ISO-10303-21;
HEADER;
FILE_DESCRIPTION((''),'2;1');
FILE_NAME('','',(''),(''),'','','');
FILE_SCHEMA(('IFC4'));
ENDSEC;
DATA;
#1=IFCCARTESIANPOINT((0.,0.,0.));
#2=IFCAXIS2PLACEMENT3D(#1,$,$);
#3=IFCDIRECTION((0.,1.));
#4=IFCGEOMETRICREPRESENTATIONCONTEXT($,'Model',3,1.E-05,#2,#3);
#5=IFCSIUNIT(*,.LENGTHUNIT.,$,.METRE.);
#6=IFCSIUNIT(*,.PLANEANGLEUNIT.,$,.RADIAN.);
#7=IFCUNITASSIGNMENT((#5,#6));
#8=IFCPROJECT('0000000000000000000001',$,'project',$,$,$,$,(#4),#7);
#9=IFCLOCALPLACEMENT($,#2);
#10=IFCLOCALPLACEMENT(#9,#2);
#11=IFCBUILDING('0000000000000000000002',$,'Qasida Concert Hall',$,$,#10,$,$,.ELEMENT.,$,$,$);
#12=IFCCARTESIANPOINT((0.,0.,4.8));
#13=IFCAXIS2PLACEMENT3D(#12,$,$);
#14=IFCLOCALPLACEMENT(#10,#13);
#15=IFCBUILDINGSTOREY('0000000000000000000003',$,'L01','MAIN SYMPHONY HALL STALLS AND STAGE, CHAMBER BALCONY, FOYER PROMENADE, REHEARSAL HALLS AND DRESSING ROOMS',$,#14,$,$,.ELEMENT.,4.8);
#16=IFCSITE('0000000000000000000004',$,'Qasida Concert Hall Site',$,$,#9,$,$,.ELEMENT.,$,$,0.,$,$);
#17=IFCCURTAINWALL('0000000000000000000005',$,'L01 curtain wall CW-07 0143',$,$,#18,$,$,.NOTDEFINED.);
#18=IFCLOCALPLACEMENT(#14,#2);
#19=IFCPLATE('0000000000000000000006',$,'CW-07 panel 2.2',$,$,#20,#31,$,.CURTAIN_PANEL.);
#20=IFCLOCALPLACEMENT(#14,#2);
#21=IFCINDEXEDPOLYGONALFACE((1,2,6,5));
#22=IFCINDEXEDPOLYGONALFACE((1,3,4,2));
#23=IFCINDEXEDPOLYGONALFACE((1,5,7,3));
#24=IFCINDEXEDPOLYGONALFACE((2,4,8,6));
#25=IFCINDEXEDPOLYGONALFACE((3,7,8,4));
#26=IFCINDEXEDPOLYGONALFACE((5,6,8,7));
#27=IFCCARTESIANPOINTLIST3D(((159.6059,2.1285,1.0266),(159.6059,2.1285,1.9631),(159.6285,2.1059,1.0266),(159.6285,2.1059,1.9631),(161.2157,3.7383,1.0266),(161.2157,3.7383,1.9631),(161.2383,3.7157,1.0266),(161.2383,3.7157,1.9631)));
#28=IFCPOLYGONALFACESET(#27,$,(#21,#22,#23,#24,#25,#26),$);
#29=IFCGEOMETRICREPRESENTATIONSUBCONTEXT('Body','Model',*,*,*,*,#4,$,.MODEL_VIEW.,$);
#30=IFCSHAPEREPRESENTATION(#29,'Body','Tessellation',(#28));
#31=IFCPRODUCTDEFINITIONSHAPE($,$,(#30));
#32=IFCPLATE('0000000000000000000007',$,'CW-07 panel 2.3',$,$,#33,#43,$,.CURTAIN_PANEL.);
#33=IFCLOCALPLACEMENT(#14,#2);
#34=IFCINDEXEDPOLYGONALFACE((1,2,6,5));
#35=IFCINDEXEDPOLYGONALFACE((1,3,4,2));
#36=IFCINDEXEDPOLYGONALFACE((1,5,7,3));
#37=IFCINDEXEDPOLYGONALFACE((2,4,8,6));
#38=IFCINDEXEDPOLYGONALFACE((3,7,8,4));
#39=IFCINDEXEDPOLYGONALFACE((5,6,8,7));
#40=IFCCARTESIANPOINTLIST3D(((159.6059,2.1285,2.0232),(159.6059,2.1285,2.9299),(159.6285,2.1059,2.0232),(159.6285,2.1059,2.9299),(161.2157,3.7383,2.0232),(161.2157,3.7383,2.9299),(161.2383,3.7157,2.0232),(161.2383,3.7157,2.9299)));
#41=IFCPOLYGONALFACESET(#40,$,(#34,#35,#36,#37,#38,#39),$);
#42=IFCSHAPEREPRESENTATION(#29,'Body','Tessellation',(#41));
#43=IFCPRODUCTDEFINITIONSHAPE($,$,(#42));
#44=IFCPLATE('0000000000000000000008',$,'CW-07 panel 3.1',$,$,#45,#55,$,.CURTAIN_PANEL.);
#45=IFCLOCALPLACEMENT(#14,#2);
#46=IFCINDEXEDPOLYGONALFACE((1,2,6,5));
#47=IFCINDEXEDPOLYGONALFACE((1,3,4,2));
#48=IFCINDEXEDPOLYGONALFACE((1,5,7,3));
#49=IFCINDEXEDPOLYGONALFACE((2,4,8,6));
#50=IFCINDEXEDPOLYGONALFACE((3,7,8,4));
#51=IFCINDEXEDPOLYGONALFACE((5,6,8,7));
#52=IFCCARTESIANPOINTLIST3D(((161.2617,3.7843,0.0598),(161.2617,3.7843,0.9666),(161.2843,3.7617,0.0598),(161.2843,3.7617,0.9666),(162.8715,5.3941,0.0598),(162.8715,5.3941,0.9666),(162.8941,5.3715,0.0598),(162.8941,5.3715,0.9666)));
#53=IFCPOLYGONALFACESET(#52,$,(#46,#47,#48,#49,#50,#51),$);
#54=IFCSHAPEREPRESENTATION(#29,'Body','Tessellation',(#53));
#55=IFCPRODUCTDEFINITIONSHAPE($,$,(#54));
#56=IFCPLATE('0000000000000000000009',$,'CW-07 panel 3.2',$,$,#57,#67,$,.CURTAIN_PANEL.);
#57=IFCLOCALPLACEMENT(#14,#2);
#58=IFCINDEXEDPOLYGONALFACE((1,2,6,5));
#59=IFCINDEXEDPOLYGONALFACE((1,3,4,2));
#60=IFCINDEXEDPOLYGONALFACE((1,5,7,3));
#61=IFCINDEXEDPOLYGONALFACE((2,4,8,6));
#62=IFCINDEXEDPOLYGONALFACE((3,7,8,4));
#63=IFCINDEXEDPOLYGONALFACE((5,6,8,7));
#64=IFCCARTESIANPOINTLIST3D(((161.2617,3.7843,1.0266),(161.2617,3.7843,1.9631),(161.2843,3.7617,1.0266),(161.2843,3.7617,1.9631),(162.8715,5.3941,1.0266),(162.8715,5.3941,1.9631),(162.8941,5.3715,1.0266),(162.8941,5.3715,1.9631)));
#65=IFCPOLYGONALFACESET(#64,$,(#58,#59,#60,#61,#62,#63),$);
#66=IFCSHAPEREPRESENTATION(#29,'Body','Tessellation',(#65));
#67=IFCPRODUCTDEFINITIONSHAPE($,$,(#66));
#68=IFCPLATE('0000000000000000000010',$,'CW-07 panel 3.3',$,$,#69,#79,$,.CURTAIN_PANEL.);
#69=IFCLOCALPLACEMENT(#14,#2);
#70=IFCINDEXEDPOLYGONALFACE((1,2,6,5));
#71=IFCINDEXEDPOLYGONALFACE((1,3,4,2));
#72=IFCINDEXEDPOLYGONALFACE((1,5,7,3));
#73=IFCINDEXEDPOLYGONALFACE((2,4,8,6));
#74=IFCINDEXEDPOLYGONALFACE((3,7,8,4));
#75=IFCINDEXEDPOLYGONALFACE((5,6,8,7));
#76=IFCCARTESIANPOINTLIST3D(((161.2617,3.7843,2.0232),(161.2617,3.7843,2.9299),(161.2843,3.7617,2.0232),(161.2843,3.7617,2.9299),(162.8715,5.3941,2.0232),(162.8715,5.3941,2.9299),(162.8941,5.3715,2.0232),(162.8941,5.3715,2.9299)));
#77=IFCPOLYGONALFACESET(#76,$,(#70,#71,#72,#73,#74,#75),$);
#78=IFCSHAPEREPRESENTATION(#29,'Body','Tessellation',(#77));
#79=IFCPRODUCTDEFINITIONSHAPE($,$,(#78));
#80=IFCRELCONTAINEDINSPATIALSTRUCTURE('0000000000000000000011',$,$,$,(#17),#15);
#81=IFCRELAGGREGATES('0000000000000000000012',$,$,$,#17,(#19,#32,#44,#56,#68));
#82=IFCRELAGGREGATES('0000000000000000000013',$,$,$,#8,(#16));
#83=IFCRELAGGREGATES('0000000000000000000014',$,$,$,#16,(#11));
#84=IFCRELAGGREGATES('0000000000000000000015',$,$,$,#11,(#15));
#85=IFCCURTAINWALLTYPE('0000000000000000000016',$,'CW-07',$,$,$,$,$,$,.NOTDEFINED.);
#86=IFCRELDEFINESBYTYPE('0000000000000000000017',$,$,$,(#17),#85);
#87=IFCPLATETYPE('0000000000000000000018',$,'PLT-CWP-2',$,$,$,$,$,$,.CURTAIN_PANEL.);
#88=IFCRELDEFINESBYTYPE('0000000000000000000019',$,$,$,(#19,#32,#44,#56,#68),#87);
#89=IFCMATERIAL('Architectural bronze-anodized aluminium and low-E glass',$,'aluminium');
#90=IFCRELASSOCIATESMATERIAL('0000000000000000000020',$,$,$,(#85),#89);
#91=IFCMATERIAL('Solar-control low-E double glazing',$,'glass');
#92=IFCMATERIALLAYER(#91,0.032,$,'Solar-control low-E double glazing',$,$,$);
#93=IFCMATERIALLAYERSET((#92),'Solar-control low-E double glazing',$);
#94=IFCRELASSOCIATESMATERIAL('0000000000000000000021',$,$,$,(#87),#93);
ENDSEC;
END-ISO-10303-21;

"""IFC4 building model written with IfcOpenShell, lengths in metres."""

from ifc_helpers import new_model, si_unit, direction, frame, origin, origin_2d, place, context, subcontext, project, spatial, rectangle, extrude, material, layer, layer_set, type_object, element, aggregate, save


model = new_model("IFC4")

# Units and contexts
model_context = context("Model", 3, precision=1e-05, world=origin(), true_north=direction((0.0, 1.0)))
body_context = subcontext(model_context, "Body", "Model", "MODEL_VIEW")
ifc_project = project(units=[si_unit("LENGTHUNIT", "METRE"), si_unit("PLANEANGLEUNIT", "RADIAN")], contexts=[model_context])

# Site, building, storey
site_placement = place(None, origin())
site = spatial("IfcSite", under=ifc_project, at=site_placement, Name="Qasida Concert Hall Site", CompositionType="ELEMENT", RefElevation=0.0)
building_placement = place(site_placement, origin())
building = spatial("IfcBuilding", under=site, at=building_placement, Name="Qasida Concert Hall", CompositionType="ELEMENT")
storey_placement = place(building_placement, frame((0.0, 0.0, 4.8)))
storey = spatial("IfcBuildingStorey", under=building, at=storey_placement, Name="L01", Description="MAIN SYMPHONY HALL STALLS AND STAGE, CHAMBER BALCONY, FOYER PROMENADE, REHEARSAL HALLS AND DRESSING ROOMS", CompositionType="ELEMENT", Elevation=4.8)

# Curtain wall, plates
ifc_material_1 = material(Name="Architectural bronze-anodized aluminium and low-E glass", Category="aluminium")
curtain_wall_type = type_object("IfcCurtainWallType", Name="CW-07", PredefinedType="NOTDEFINED", material=ifc_material_1)
curtain_wall_placement = place(storey_placement, origin())
curtain_wall = element("IfcCurtainWall", 1, at=curtain_wall_placement, inside=storey, type_object=curtain_wall_type, Name="L01 curtain wall CW-07 0143", PredefinedType="NOTDEFINED")
ifc_material_2 = material(Name="Solar-control low-E double glazing", Category="glass")
ifc_layer = layer(ifc_material_2, 0.032, Name="Solar-control low-E double glazing")
ifc_layer_set = layer_set([ifc_layer], Name="Solar-control low-E double glazing")
plate_type = type_object("IfcPlateType", Name="PLT-CWP-2", PredefinedType="CURTAIN_PANEL", material=ifc_layer_set)
plate_1_placement = place(storey_placement, frame((160.4221, 2.9221, 1.0266), z_axis=(0.0, 0.0, 1.0), x_axis=(0.707107, 0.707107, 0.0)))
plate_1 = element("IfcPlate", 2, at=plate_1_placement, type_object=plate_type, Name="CW-07 panel 2.2", PredefinedType="CURTAIN_PANEL", context=body_context, shape_type="SweptSolid", body=[
    extrude(rectangle(XDim=2.2766, YDim=0.032, at=origin_2d()), origin(), (0.0, 0.0, 1.0), 0.9365),
])
plate_2_placement = place(storey_placement, frame((160.4221, 2.9221, 2.0232), z_axis=(0.0, 0.0, 1.0), x_axis=(0.707107, 0.707107, 0.0)))
plate_2 = element("IfcPlate", 3, at=plate_2_placement, type_object=plate_type, Name="CW-07 panel 2.3", PredefinedType="CURTAIN_PANEL", context=body_context, shape_type="SweptSolid", body=[
    extrude(rectangle(XDim=2.2766, YDim=0.032, at=origin_2d()), origin(), (0.0, 0.0, 1.0), 0.9067),
])
plate_3_placement = place(storey_placement, frame((162.0779, 4.5779, 0.0598), z_axis=(0.0, 0.0, 1.0), x_axis=(0.707107, 0.707107, 0.0)))
plate_3 = element("IfcPlate", 4, at=plate_3_placement, type_object=plate_type, Name="CW-07 panel 3.1", PredefinedType="CURTAIN_PANEL", context=body_context, shape_type="SweptSolid", body=[
    extrude(rectangle(XDim=2.2766, YDim=0.032, at=origin_2d()), origin(), (0.0, 0.0, 1.0), 0.9067),
])
plate_4_placement = place(storey_placement, frame((162.0779, 4.5779, 1.0266), z_axis=(0.0, 0.0, 1.0), x_axis=(0.707107, 0.707107, 0.0)))
plate_4 = element("IfcPlate", 5, at=plate_4_placement, type_object=plate_type, Name="CW-07 panel 3.2", PredefinedType="CURTAIN_PANEL", context=body_context, shape_type="SweptSolid", body=[
    extrude(rectangle(XDim=2.2766, YDim=0.032, at=origin_2d()), origin(), (0.0, 0.0, 1.0), 0.9365),
])
plate_5_placement = place(storey_placement, frame((162.0779, 4.5779, 2.0232), z_axis=(0.0, 0.0, 1.0), x_axis=(0.707107, 0.707107, 0.0)))
plate_5 = element("IfcPlate", 6, at=plate_5_placement, type_object=plate_type, Name="CW-07 panel 3.3", PredefinedType="CURTAIN_PANEL", context=body_context, shape_type="SweptSolid", body=[
    extrude(rectangle(XDim=2.2766, YDim=0.032, at=origin_2d()), origin(), (0.0, 0.0, 1.0), 0.9067),
])
aggregate(curtain_wall, [plate_1, plate_2, plate_3, plate_4, plate_5])

save(model, "model.ifc")
